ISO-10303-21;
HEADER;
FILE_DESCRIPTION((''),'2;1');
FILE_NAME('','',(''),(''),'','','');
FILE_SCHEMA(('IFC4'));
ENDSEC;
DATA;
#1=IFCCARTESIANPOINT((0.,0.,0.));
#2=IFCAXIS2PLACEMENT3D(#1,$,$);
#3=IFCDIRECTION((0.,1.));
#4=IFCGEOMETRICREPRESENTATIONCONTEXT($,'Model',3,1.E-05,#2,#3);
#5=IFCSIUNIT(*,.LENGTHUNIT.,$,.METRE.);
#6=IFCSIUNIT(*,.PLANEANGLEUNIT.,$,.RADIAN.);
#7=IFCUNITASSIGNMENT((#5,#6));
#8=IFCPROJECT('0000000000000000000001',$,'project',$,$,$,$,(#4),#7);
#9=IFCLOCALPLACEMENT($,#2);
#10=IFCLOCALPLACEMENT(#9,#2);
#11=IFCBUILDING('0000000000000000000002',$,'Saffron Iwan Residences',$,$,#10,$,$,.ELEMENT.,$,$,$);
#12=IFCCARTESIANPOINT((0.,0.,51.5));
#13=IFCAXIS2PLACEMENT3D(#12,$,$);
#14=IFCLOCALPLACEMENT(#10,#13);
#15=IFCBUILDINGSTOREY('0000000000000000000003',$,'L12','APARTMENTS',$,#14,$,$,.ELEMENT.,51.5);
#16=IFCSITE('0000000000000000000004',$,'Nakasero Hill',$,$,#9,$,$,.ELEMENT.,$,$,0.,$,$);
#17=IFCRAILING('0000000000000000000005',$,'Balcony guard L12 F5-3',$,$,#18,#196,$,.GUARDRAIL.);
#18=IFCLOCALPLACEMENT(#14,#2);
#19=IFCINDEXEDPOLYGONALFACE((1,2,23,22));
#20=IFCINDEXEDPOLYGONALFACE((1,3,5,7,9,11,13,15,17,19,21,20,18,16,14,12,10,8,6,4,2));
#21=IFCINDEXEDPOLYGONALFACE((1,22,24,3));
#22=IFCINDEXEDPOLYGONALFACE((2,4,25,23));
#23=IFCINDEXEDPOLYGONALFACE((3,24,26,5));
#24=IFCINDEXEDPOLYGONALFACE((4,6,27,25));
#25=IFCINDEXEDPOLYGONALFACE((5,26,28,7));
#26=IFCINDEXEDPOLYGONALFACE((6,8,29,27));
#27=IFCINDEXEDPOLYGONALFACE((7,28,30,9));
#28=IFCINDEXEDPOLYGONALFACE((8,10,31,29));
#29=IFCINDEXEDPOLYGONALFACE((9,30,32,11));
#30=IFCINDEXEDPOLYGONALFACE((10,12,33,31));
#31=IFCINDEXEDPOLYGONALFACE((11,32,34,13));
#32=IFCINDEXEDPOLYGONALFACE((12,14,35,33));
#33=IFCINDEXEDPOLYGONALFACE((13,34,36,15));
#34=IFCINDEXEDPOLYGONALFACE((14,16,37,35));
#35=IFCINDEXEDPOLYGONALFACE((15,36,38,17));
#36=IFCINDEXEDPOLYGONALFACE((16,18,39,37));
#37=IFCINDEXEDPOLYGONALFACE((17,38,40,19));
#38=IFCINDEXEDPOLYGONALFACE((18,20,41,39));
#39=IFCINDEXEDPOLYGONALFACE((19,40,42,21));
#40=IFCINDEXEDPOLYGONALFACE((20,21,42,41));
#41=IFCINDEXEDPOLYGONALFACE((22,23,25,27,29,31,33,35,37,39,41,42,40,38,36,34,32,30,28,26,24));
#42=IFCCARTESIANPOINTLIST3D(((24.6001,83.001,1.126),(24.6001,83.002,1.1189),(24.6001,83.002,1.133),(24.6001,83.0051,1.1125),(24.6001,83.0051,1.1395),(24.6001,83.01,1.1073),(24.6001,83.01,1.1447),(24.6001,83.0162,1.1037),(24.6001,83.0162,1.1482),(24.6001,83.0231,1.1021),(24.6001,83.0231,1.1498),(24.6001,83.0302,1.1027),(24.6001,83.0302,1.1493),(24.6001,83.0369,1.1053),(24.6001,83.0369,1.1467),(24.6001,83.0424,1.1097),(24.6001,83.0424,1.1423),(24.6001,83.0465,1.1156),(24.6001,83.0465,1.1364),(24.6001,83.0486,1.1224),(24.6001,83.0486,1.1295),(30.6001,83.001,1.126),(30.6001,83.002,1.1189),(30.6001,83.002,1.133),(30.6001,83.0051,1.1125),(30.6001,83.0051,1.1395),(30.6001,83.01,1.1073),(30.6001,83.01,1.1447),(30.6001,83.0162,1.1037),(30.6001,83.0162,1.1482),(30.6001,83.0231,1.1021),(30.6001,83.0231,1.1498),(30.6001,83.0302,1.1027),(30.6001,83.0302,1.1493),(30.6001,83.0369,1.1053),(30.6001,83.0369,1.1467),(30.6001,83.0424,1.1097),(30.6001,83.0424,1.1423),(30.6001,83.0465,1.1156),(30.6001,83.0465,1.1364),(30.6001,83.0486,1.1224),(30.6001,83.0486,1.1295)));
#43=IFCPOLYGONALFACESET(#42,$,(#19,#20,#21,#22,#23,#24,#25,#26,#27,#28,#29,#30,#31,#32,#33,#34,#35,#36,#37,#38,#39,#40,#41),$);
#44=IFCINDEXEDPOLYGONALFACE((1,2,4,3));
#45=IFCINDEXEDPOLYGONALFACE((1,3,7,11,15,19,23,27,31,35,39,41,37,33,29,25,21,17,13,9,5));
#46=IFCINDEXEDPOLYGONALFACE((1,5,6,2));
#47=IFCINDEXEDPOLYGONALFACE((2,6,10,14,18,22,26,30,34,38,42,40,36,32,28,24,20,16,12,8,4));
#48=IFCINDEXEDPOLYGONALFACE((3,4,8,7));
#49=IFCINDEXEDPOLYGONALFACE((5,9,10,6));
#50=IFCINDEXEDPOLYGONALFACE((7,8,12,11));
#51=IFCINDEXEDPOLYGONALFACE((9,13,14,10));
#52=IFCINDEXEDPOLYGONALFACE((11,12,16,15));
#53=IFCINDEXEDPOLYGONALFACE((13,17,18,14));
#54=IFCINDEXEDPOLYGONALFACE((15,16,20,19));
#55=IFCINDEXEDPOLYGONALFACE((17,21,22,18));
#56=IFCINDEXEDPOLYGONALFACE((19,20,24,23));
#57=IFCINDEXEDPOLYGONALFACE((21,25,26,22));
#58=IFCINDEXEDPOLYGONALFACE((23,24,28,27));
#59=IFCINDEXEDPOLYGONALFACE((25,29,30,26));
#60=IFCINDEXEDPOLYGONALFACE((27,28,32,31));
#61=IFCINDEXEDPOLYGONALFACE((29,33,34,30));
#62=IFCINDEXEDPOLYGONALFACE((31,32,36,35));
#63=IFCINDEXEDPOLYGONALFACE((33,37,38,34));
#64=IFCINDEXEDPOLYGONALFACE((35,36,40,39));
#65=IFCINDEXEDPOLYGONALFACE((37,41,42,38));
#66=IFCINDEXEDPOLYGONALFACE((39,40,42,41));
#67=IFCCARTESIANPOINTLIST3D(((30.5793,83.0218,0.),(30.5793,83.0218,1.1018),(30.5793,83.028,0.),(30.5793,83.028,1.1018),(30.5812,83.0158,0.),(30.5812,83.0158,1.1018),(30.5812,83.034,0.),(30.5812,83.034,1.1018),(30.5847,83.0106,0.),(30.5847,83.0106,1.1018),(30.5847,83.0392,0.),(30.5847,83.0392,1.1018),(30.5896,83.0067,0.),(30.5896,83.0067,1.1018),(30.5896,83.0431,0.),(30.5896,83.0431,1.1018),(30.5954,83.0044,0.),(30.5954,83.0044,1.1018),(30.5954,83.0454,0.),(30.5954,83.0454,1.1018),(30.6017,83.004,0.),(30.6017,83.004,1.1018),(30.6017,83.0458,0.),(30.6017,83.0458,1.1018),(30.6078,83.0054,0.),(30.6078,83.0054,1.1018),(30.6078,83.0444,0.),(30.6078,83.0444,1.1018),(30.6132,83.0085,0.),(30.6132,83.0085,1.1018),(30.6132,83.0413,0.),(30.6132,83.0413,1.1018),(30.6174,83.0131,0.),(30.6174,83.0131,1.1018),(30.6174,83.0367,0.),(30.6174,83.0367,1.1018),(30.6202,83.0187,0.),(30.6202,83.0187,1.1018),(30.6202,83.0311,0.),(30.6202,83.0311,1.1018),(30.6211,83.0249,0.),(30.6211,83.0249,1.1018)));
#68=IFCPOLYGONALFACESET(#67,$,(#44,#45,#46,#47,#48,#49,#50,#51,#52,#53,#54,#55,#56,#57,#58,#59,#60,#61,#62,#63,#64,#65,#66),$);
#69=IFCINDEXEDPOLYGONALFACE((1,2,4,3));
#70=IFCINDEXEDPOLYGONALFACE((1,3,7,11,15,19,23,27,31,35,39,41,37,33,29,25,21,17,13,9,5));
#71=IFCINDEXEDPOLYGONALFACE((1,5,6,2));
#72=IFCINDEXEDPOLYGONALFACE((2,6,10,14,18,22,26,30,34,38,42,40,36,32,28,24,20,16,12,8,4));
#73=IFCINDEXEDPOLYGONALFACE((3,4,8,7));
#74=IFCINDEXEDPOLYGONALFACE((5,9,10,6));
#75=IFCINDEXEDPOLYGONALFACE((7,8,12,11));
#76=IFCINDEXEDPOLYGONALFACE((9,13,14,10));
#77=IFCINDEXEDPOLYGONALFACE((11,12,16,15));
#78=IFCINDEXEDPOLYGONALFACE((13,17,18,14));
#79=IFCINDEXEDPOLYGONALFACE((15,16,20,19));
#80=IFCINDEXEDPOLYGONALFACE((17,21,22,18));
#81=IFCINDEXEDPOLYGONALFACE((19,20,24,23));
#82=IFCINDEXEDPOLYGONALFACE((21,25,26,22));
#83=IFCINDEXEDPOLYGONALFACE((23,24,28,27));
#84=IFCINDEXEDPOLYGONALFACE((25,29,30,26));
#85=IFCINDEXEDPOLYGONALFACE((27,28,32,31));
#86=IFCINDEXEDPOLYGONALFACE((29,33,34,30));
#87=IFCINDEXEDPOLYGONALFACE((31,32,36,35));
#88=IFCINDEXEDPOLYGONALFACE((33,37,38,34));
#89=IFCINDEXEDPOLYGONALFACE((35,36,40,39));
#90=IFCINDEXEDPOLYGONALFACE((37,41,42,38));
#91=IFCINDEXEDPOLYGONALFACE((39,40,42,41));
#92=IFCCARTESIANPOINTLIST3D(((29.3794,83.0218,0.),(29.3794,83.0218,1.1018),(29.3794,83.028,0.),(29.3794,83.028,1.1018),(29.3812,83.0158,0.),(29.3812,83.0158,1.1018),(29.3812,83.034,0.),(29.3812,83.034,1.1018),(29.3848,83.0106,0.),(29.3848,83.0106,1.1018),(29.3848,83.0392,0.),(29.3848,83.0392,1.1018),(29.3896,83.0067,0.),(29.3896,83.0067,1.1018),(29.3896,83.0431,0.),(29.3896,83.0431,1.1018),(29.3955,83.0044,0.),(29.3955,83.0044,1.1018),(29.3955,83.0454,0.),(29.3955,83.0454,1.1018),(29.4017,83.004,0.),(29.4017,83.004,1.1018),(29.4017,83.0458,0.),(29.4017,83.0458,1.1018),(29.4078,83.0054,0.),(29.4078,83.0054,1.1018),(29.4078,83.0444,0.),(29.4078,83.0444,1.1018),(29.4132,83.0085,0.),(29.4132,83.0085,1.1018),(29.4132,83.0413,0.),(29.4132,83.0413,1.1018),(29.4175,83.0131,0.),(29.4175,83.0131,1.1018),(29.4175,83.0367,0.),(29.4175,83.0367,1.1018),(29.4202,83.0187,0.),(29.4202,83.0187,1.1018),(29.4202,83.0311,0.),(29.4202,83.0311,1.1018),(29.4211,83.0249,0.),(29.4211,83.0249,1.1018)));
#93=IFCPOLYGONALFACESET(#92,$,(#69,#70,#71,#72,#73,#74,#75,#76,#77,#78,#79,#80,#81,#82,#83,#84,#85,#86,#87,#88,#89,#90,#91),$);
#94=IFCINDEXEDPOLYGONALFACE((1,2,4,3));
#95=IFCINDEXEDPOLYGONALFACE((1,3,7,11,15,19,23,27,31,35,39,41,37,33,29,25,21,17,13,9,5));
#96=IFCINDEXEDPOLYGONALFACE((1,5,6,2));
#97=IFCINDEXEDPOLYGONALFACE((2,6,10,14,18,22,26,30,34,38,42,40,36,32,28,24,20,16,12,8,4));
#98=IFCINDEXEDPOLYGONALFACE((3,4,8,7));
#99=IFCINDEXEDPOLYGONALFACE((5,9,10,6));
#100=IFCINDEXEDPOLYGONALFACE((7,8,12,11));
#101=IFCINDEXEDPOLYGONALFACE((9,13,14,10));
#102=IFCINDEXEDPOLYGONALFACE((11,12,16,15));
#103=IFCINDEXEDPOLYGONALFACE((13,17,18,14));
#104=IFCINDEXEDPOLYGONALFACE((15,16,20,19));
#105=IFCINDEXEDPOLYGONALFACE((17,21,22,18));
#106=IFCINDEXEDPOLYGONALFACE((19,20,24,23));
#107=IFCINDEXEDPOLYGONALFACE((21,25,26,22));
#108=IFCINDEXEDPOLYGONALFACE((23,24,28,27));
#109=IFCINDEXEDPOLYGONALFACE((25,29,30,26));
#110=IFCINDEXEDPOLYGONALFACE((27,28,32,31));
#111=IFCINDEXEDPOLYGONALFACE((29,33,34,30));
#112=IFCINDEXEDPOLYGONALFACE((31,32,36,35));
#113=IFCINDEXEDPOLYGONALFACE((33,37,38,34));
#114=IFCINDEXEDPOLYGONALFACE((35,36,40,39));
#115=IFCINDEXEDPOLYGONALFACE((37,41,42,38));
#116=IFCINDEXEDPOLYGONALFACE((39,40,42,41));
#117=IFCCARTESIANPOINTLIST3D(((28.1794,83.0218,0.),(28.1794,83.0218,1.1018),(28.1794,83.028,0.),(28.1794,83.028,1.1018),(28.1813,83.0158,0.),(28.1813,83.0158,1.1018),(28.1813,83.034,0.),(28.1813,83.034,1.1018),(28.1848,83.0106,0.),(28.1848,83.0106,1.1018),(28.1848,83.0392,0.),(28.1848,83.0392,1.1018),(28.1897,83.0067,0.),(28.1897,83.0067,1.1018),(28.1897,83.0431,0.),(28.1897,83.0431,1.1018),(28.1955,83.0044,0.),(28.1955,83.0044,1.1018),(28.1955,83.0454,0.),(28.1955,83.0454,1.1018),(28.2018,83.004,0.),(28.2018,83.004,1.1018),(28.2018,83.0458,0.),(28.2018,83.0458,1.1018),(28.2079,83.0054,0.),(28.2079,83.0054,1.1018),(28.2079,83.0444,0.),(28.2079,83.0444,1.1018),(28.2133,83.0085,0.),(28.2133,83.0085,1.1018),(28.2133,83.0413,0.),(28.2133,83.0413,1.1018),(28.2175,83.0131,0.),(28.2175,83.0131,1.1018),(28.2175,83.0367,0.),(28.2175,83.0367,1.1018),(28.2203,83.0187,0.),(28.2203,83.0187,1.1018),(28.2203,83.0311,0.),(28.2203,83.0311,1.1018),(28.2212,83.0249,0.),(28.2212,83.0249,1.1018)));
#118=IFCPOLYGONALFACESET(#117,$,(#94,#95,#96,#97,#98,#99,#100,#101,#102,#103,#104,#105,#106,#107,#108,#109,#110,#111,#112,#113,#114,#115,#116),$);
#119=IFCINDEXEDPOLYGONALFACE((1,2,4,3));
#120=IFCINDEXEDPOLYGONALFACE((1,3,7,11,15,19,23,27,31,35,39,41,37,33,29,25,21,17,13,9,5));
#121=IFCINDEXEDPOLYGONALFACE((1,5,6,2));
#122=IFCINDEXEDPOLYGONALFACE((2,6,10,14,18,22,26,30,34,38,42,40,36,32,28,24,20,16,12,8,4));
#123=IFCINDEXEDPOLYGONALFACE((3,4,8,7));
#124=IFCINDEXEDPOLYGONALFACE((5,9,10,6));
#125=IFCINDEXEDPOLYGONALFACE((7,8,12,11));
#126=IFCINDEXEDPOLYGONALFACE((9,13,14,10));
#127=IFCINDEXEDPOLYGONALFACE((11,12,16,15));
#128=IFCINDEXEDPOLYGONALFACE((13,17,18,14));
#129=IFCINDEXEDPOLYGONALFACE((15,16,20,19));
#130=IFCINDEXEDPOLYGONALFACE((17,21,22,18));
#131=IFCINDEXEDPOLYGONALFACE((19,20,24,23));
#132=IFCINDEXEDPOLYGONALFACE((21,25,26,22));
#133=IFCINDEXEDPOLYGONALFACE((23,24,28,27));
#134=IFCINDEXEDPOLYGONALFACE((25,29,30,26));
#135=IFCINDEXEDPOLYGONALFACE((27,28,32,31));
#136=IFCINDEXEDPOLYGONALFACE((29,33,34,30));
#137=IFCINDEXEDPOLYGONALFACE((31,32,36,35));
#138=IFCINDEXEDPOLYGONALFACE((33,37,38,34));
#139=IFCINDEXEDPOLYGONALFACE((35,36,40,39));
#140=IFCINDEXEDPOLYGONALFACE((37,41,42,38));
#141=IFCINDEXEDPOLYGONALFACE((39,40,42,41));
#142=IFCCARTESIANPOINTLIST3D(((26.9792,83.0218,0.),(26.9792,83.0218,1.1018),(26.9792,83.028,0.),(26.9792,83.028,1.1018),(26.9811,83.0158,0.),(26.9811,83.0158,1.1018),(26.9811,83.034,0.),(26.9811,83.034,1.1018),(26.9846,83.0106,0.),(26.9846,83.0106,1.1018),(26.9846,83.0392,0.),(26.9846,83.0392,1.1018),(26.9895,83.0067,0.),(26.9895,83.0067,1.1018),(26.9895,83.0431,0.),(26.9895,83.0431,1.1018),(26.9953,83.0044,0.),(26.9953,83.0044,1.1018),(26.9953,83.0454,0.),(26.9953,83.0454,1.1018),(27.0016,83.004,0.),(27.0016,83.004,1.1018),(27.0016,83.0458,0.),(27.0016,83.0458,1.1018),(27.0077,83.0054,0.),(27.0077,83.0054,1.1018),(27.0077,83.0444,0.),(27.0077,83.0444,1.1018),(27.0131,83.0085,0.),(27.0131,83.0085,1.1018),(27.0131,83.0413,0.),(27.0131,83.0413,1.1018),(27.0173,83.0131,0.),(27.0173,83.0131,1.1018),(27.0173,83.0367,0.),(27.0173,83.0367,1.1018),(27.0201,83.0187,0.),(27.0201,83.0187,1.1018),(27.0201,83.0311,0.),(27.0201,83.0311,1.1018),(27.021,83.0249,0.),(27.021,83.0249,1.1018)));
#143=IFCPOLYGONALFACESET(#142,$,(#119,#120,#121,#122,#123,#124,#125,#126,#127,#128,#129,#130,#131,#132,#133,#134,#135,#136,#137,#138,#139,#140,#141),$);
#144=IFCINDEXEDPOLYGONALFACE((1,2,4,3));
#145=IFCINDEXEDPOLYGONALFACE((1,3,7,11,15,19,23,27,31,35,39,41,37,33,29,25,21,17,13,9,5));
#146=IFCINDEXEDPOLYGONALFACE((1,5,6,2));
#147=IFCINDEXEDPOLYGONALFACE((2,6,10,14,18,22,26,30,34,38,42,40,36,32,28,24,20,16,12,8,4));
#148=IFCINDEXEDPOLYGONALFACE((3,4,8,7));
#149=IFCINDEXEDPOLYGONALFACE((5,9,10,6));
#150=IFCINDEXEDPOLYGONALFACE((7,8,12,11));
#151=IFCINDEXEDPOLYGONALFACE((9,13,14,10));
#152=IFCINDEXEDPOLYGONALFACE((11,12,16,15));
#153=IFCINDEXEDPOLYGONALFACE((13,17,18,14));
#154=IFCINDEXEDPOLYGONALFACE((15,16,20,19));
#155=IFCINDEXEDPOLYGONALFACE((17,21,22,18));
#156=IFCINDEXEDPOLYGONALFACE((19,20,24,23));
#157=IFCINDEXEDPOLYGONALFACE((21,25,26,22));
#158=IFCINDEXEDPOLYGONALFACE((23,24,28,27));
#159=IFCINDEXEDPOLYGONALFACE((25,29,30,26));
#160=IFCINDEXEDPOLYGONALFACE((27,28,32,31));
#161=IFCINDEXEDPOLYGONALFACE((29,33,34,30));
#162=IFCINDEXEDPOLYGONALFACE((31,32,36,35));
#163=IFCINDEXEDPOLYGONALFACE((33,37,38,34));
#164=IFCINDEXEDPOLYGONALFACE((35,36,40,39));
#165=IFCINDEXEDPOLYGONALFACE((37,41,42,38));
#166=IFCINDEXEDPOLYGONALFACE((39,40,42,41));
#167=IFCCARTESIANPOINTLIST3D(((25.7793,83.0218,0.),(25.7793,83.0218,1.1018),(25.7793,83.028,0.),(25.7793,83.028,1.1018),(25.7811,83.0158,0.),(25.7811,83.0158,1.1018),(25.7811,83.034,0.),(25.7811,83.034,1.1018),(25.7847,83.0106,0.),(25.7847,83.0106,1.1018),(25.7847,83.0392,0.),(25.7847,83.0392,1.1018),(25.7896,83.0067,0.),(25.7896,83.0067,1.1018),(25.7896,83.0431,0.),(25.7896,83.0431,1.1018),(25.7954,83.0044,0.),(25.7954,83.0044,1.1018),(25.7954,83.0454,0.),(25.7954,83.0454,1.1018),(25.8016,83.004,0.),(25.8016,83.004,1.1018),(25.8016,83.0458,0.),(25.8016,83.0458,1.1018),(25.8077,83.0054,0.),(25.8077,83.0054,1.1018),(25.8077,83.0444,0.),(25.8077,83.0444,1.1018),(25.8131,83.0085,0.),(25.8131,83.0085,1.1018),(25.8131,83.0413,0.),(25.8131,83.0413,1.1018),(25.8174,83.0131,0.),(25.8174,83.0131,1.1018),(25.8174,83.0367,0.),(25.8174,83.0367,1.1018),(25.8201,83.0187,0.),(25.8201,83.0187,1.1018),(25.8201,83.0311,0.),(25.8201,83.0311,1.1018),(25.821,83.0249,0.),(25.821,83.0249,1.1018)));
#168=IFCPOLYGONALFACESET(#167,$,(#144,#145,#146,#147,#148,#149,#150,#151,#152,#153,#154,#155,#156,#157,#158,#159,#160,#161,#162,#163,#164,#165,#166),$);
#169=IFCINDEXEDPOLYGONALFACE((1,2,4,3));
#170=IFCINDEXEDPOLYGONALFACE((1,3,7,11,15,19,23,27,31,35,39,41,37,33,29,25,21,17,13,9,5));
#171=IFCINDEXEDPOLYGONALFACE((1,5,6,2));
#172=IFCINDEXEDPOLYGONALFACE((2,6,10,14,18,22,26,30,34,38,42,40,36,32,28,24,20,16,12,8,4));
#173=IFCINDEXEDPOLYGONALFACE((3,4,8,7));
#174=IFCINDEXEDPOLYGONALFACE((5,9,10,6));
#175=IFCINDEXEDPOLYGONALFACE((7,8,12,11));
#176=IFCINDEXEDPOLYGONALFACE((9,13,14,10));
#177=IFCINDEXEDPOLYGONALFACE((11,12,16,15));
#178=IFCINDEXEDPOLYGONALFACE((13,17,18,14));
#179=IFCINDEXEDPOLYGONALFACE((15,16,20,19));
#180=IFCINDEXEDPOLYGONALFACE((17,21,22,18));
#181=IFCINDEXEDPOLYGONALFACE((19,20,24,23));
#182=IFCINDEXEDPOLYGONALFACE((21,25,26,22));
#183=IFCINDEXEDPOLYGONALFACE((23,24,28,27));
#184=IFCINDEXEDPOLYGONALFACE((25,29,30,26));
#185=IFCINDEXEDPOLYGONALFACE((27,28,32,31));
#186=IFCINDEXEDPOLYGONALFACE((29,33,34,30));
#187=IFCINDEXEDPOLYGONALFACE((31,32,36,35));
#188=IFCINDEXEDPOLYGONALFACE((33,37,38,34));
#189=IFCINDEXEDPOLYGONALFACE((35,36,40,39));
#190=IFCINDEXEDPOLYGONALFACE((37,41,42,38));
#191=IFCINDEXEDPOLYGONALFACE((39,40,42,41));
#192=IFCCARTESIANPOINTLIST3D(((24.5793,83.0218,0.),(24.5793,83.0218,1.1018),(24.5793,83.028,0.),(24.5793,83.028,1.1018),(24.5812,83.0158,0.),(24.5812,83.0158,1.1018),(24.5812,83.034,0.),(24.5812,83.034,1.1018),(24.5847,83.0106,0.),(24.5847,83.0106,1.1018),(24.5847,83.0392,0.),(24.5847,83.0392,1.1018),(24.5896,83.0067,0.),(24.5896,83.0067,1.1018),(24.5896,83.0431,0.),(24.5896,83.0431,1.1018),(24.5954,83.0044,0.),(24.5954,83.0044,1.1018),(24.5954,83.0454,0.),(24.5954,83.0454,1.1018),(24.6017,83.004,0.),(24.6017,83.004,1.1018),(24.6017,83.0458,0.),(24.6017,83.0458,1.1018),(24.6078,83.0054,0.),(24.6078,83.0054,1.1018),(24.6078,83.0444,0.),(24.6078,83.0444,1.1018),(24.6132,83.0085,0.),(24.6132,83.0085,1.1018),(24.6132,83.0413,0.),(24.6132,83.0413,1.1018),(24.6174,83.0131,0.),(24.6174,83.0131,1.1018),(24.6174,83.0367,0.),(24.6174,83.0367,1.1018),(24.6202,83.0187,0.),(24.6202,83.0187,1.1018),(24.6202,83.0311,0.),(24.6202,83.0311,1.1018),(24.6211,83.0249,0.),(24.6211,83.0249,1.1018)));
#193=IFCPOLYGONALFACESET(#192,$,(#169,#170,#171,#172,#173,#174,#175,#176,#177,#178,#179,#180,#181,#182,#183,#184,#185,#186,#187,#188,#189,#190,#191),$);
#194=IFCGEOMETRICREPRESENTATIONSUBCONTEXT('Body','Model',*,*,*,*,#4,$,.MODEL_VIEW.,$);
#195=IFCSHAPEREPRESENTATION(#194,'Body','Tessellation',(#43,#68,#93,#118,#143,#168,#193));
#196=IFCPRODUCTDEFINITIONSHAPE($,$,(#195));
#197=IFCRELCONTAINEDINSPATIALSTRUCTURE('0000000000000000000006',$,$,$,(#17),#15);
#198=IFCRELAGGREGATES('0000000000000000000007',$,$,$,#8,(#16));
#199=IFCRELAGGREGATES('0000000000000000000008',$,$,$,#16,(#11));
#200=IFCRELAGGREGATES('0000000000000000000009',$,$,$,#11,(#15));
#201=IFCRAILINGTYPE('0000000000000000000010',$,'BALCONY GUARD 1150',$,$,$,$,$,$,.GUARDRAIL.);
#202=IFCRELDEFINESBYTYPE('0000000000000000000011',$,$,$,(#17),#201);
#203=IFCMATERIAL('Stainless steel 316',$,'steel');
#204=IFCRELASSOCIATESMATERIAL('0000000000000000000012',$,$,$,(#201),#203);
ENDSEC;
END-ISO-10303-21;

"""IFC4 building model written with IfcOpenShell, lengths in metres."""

from ifc_helpers import new_model, si_unit, direction, frame, origin, origin_2d, place, context, subcontext, project, spatial, circle, extrude, material, type_object, element, save


model = new_model("IFC4")

# Units and contexts
model_context = context("Model", 3, precision=1e-05, world=origin(), true_north=direction((0.0, 1.0)))
body_context = subcontext(model_context, "Body", "Model", "MODEL_VIEW")
ifc_project = project(units=[si_unit("LENGTHUNIT", "METRE"), si_unit("PLANEANGLEUNIT", "RADIAN")], contexts=[model_context])

# Site, building, storey
site_placement = place(None, origin())
site = spatial("IfcSite", under=ifc_project, at=site_placement, Name="Nakasero Hill", CompositionType="ELEMENT", RefElevation=0.0)
building_placement = place(site_placement, origin())
building = spatial("IfcBuilding", under=site, at=building_placement, Name="Saffron Iwan Residences", CompositionType="ELEMENT")
storey_placement = place(building_placement, frame((0.0, 0.0, 51.5)))
storey = spatial("IfcBuildingStorey", under=building, at=storey_placement, Name="L12", Description="APARTMENTS", CompositionType="ELEMENT", Elevation=51.5)

# Railing
ifc_material_1 = material(Name="Stainless steel 316", Category="steel")
railing_type_1 = type_object("IfcRailingType", Name="BALCONY GUARD 1150", PredefinedType="GUARDRAIL", material=ifc_material_1)
railing_1_placement = place(storey_placement, frame((30.6001, 83.0249, 0.0)))
element("IfcRailing", 1, at=railing_1_placement, inside=storey, type_object=railing_type_1, Name="Balcony guard L12 F5-3", PredefinedType="GUARDRAIL", context=body_context, shape_type="SweptSolid", body=[
    extrude(circle(Radius=0.0239, at=origin_2d()), frame((0.0, 0.0, 1.126), z_axis=(-1.0, 0.0, 0.0), x_axis=(0.0, -1.0, 0.0)), (0.0, 0.0, 1.0), 6.0),
    extrude(circle(Radius=0.021, at=origin_2d()), origin(), (0.0, 0.0, 1.0), 1.1018),
    extrude(circle(Radius=0.021, at=origin_2d()), frame((-1.2, 0.0, 0.0)), (0.0, 0.0, 1.0), 1.1018),
    extrude(circle(Radius=0.021, at=origin_2d()), frame((-2.3999, 0.0, 0.0)), (0.0, 0.0, 1.0), 1.1018),
    extrude(circle(Radius=0.021, at=origin_2d()), frame((-3.6001, 0.0, 0.0)), (0.0, 0.0, 1.0), 1.1018),
    extrude(circle(Radius=0.021, at=origin_2d()), frame((-4.8, 0.0, 0.0)), (0.0, 0.0, 1.0), 1.1018),
    extrude(circle(Radius=0.021, at=origin_2d()), frame((-6.0, 0.0, 0.0)), (0.0, 0.0, 1.0), 1.1018),
])

save(model, "model.ifc")
